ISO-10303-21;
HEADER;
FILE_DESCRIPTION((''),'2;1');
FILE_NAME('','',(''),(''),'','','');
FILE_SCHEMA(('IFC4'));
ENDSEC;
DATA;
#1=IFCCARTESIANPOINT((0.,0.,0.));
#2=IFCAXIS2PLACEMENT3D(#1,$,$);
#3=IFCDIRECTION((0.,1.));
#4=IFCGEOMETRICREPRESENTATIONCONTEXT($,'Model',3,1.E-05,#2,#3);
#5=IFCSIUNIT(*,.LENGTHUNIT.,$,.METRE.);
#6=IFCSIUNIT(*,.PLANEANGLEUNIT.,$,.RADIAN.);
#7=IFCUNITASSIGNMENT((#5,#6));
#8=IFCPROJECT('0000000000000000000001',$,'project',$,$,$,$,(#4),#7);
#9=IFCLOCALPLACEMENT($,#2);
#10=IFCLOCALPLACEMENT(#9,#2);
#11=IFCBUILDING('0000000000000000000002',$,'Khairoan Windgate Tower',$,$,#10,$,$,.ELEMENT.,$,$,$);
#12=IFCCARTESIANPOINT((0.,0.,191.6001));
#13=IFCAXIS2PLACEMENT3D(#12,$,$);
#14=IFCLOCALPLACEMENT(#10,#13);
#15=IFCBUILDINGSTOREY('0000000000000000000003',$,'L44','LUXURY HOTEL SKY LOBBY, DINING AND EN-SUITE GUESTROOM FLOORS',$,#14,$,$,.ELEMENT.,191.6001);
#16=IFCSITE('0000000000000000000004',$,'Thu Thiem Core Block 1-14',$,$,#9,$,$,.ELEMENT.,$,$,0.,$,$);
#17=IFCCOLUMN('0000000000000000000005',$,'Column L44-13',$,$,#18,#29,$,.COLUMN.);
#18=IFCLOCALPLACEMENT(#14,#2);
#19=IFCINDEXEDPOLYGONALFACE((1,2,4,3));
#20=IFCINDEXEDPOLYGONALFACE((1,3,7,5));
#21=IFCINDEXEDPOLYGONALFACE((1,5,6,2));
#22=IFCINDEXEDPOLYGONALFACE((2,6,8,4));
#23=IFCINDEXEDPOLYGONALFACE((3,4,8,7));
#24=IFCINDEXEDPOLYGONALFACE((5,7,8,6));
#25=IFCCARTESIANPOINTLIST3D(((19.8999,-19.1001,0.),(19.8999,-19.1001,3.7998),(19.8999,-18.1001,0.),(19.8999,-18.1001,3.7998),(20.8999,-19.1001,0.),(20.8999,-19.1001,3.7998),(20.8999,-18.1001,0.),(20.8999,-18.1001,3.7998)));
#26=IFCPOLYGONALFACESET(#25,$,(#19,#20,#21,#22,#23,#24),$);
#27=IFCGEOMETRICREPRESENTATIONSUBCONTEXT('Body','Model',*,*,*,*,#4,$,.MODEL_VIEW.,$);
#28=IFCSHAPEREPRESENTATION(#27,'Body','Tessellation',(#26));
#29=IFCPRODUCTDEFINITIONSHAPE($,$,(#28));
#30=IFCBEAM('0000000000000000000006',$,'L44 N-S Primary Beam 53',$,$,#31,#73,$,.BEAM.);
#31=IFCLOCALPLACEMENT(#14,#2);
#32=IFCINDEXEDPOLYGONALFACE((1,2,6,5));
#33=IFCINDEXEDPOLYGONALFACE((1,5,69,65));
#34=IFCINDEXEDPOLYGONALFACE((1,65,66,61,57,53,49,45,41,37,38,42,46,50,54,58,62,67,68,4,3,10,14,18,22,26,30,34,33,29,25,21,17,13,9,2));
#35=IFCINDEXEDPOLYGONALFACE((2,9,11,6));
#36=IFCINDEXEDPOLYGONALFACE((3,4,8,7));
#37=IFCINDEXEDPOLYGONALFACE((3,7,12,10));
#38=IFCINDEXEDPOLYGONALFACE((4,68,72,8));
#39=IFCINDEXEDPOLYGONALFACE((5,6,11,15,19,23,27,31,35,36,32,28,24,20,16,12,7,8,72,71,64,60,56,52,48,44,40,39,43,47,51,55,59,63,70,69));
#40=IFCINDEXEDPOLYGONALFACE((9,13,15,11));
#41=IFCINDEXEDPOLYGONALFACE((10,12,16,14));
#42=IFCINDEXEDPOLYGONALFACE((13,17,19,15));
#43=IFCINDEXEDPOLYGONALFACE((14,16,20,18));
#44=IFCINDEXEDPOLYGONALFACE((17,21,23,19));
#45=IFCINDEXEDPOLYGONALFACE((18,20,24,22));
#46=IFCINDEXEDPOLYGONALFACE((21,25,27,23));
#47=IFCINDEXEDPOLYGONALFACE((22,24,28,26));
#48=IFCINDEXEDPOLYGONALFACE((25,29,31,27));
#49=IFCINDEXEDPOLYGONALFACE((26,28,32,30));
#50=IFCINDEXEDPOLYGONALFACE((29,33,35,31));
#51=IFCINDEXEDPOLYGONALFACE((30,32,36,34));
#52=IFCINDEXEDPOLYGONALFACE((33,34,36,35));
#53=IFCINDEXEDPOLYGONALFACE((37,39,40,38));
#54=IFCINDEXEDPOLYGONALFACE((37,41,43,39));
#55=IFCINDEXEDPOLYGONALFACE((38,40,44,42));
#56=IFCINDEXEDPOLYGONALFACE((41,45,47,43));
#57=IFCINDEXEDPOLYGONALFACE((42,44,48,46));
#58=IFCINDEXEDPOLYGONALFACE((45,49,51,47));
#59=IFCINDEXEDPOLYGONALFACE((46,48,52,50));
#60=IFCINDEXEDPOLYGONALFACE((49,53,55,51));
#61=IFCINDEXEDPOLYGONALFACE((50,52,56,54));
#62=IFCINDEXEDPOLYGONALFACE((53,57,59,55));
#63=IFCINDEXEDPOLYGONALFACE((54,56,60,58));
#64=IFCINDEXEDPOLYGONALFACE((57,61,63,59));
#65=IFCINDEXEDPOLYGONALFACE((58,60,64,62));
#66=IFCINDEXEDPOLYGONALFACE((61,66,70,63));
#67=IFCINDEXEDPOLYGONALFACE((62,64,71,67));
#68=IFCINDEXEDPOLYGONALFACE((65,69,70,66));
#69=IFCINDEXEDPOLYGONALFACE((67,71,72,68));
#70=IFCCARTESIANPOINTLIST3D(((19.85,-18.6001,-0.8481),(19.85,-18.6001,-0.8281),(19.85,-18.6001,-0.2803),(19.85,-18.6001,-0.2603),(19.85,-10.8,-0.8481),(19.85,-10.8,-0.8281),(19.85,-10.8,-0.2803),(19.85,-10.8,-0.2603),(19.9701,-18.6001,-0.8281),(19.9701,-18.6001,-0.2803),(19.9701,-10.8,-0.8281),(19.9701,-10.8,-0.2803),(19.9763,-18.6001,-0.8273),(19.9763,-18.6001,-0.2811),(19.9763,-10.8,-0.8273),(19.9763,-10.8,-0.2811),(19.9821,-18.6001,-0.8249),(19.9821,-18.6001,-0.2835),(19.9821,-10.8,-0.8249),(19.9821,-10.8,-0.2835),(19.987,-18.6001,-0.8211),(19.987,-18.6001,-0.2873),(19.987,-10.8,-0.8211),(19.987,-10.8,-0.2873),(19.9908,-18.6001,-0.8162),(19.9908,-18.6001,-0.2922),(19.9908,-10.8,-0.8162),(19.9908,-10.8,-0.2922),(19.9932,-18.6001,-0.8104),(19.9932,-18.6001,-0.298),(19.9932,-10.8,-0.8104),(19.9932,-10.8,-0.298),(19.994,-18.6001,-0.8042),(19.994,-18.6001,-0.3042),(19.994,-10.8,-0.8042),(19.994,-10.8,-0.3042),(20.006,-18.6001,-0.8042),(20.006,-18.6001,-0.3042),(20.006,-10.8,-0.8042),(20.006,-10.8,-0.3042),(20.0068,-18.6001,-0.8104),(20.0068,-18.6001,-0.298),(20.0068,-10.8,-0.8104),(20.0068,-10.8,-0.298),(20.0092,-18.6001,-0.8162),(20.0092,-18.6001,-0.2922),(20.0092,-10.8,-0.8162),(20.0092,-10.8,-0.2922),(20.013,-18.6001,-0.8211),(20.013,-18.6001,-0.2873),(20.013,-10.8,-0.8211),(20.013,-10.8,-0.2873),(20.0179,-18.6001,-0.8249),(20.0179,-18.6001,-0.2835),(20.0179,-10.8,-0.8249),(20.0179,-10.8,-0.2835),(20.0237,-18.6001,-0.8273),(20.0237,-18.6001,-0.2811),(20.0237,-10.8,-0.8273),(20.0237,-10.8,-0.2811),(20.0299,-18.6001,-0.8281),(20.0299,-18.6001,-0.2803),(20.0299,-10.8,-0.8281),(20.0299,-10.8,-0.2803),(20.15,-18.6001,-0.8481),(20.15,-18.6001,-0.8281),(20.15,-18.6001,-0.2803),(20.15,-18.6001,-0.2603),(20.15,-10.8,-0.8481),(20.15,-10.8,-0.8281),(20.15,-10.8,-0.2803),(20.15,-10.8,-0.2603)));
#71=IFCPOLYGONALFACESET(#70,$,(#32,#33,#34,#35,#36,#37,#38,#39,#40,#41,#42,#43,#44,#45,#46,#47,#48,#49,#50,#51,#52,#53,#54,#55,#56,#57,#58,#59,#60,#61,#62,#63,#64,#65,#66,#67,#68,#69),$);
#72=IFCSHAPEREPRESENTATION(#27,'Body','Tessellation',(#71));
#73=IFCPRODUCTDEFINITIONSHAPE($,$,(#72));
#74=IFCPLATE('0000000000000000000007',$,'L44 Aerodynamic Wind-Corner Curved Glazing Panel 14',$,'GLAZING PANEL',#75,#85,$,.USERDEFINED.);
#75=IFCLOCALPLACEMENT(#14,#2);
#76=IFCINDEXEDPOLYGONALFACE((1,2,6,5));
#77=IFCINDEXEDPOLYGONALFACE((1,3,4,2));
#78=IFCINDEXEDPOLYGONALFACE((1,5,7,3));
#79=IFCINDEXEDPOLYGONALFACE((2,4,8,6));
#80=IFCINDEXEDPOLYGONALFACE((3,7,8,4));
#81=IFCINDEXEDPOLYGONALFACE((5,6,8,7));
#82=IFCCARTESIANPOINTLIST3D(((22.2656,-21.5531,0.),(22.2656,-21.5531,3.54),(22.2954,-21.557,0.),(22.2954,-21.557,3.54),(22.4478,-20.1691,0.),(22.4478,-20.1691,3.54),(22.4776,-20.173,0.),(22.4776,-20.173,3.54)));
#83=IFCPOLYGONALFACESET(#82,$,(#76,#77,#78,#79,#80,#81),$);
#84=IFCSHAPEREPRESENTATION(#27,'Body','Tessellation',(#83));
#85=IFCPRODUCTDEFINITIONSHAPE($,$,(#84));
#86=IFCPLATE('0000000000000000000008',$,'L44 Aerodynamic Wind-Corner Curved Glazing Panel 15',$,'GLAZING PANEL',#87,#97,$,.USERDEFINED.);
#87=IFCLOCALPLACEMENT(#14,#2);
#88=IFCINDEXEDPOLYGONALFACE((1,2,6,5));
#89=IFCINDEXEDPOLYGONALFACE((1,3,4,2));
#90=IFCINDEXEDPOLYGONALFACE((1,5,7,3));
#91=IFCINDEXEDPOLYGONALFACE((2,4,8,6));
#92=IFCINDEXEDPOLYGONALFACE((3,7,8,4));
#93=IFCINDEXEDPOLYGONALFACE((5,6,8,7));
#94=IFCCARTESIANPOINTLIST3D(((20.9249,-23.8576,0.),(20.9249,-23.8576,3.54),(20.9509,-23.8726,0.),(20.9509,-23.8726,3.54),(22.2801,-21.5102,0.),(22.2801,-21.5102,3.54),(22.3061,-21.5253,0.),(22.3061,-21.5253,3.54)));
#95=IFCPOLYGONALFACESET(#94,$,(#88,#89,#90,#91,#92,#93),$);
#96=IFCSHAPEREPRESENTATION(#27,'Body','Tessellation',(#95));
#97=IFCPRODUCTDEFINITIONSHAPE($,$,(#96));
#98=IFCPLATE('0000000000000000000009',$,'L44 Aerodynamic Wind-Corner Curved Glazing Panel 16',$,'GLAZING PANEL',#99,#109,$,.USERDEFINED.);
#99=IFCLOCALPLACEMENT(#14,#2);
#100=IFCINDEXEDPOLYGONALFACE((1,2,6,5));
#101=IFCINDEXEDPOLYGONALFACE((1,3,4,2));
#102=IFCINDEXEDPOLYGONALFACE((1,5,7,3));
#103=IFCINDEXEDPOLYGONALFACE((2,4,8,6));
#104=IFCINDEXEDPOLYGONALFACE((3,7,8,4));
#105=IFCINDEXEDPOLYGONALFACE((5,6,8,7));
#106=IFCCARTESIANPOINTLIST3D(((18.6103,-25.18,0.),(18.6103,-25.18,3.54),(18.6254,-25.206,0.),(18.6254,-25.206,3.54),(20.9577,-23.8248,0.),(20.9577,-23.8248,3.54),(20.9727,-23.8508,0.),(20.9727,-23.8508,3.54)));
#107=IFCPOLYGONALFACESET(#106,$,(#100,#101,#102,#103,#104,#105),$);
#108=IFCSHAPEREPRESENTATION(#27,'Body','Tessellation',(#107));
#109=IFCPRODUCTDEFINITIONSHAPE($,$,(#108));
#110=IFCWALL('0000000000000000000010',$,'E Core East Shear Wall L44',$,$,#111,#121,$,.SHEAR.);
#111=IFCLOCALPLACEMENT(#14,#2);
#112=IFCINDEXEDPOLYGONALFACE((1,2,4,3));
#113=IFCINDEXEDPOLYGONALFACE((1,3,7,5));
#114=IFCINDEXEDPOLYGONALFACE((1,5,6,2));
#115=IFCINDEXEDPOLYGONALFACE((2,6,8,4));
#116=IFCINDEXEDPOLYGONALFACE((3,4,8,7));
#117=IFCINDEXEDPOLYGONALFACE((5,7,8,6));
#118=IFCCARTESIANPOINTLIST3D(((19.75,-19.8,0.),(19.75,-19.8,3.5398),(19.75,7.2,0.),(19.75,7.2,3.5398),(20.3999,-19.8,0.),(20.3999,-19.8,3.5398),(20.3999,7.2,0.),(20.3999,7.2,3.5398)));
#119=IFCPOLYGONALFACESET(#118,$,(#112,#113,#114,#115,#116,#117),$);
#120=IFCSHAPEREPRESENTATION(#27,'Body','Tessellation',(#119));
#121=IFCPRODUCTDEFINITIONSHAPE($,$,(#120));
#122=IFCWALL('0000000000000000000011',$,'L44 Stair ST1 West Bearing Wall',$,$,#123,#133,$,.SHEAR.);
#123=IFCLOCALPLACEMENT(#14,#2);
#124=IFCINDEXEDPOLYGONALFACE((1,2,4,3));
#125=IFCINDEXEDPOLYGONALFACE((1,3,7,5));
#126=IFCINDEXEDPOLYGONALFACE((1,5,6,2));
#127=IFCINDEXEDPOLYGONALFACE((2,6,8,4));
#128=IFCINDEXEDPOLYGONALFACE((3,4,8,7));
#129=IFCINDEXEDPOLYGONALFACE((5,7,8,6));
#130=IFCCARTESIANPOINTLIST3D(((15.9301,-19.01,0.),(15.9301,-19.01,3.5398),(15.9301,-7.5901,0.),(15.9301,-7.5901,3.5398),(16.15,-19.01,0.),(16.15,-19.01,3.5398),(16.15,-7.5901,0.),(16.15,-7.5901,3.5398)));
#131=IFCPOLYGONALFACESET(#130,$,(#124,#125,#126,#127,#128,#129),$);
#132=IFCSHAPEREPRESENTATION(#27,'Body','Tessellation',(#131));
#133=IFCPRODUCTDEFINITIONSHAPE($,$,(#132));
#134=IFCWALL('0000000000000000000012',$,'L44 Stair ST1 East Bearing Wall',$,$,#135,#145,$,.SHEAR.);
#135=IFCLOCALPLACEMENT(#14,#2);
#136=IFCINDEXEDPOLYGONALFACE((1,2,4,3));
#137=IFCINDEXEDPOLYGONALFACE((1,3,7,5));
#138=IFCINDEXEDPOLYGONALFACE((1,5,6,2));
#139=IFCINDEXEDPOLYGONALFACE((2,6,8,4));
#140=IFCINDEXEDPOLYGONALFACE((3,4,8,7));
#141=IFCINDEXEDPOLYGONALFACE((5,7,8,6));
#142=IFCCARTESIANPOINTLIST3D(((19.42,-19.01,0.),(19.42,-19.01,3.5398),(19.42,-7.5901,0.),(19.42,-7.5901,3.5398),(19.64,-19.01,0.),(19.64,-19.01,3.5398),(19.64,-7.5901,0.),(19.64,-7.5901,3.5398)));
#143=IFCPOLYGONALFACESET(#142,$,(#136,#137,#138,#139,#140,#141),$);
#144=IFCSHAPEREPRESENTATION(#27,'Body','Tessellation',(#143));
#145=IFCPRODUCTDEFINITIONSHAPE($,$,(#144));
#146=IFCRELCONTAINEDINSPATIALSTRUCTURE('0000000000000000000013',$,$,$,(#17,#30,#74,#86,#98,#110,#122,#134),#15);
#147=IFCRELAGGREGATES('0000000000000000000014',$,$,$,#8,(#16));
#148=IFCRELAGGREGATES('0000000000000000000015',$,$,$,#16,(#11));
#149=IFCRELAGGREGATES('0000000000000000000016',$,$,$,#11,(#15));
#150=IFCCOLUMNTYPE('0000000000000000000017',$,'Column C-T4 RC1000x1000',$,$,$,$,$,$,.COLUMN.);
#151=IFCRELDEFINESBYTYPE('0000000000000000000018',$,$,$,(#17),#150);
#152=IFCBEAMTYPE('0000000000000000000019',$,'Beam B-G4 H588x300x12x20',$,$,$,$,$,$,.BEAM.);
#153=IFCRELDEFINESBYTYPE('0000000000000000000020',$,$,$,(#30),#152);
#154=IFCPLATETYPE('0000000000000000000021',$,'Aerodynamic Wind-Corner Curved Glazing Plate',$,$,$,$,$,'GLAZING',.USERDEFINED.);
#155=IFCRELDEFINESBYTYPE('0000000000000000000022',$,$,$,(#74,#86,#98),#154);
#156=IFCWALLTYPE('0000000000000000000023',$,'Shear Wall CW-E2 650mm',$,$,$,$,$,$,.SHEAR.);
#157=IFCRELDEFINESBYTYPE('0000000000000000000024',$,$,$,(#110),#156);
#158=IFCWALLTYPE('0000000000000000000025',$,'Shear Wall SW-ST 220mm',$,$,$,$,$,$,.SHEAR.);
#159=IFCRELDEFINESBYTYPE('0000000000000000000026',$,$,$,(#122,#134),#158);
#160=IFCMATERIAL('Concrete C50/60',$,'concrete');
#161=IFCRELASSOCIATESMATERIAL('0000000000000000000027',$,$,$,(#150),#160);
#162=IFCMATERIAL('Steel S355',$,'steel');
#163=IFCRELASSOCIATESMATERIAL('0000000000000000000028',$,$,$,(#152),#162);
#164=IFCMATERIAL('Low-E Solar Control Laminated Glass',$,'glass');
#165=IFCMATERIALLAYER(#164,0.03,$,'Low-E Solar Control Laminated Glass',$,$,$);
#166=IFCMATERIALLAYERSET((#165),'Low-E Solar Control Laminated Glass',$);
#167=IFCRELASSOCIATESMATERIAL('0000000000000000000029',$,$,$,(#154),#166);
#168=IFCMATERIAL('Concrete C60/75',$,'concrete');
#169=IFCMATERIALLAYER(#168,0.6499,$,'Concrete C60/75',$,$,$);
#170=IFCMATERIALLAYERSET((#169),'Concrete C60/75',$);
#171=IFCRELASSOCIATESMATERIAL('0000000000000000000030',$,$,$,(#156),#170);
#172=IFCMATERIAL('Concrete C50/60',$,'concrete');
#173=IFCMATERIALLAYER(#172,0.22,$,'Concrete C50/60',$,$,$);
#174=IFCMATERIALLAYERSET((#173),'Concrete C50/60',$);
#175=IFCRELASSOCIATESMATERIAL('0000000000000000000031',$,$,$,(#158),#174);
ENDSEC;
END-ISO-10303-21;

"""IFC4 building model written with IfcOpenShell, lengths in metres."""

from ifc_helpers import new_model, si_unit, direction, frame, frame_2d, origin, origin_2d, place, context, subcontext, project, spatial, rectangle, i_section, extrude, material, layer, layer_set, material_profile, profile_set, type_object, element, save


model = new_model("IFC4")

# Units and contexts
model_context = context("Model", 3, precision=1e-05, world=origin(), true_north=direction((0.0, 1.0)))
body_context = subcontext(model_context, "Body", "Model", "MODEL_VIEW")
ifc_project = project(units=[si_unit("LENGTHUNIT", "METRE"), si_unit("PLANEANGLEUNIT", "RADIAN")], contexts=[model_context])

# Site, building, storey
site_placement = place(None, origin())
site = spatial("IfcSite", under=ifc_project, at=site_placement, Name="Thu Thiem Core Block 1-14", CompositionType="ELEMENT", RefElevation=0.0)
building_placement = place(site_placement, origin())
building = spatial("IfcBuilding", under=site, at=building_placement, Name="Khairoan Windgate Tower", CompositionType="ELEMENT")
storey_placement = place(building_placement, frame((0.0, 0.0, 191.6001)))
storey = spatial("IfcBuildingStorey", under=building, at=storey_placement, Name="L44", Description="LUXURY HOTEL SKY LOBBY, DINING AND EN-SUITE GUESTROOM FLOORS", CompositionType="ELEMENT", Elevation=191.6001)

# Column
ifc_material_1 = material(Name="Concrete C50/60", Category="concrete")
ifc_material_profile_1 = material_profile(ifc_material_1, rectangle(XDim=1.0, YDim=1.0, at=origin_2d()))
ifc_profile_set_1 = profile_set([ifc_material_profile_1], Name="Concrete C50/60")
column_type = type_object("IfcColumnType", Name="Column C-T4 RC1000x1000", PredefinedType="COLUMN", material=ifc_profile_set_1)
column_placement = place(storey_placement, frame((20.3999, -18.6001, 0.0), z_axis=(0.0, 0.0, 1.0), x_axis=(1.0, 0.0, 0.0)))
element("IfcColumn", 1, at=column_placement, inside=storey, type_object=column_type, Name="Column L44-13", PredefinedType="COLUMN", context=body_context, shape_type="SweptSolid", body=[
    extrude(rectangle(XDim=1.0, YDim=1.0, at=origin_2d()), origin(), (0.0, 0.0, 1.0), 3.7998),
])

# Beam
ifc_material_2 = material(Name="Steel S355", Category="steel")
ifc_material_profile_2 = material_profile(ifc_material_2, i_section(OverallWidth=0.3, OverallDepth=0.5879, WebThickness=0.012, FlangeThickness=0.02, FilletRadius=0.0239, at=origin_2d()))
ifc_profile_set_2 = profile_set([ifc_material_profile_2], Name="Steel S355")
beam_type = type_object("IfcBeamType", Name="Beam B-G4 H588x300x12x20", PredefinedType="BEAM", material=ifc_profile_set_2)
beam_placement = place(storey_placement, frame((20.0, -18.6001, -0.5542), z_axis=(0.0, 1.0, 0.0), x_axis=(-1.0, 0.0, 0.0)))
element("IfcBeam", 2, at=beam_placement, inside=storey, type_object=beam_type, Name="L44 N-S Primary Beam 53", PredefinedType="BEAM", context=body_context, shape_type="SweptSolid", body=[
    extrude(i_section(OverallWidth=0.3, OverallDepth=0.5879, WebThickness=0.012, FlangeThickness=0.02, FilletRadius=0.0239, at=origin_2d()), origin(), (0.0, 0.0, 1.0), 7.8),
])

# Plates
ifc_material_3 = material(Name="Low-E Solar Control Laminated Glass", Category="glass")
ifc_layer_1 = layer(ifc_material_3, 0.03, Name="Low-E Solar Control Laminated Glass")
ifc_layer_set_1 = layer_set([ifc_layer_1], Name="Low-E Solar Control Laminated Glass")
plate_type_1 = type_object("IfcPlateType", Name="Aerodynamic Wind-Corner Curved Glazing Plate", ElementType="GLAZING", PredefinedType="USERDEFINED", material=ifc_layer_set_1)
plate_1_placement = place(storey_placement, frame((22.3716, -20.863, 0.0), z_axis=(0.0, 0.0, 1.0), x_axis=(-0.130526, -0.991445, 0.0)))
element("IfcPlate", 3, at=plate_1_placement, inside=storey, type_object=plate_type_1, Name="L44 Aerodynamic Wind-Corner Curved Glazing Panel 14", ObjectType="GLAZING PANEL", PredefinedType="USERDEFINED", context=body_context, shape_type="SweptSolid", body=[
    extrude(rectangle(XDim=1.396, YDim=0.03, at=origin_2d()), origin(), (0.0, 0.0, 1.0), 3.54),
])
for number, where, z_axis, x_axis, name in (
    (4, (21.6155, -22.6914, 0.0), (0.0, 0.0, 1.0), (-0.5, -0.866025, 0.0), "L44 Aerodynamic Wind-Corner Curved Glazing Panel 15"),
    (5, (19.7915, -24.5154, 0.0), (0.0, 0.0, 1.0), (-0.866025, -0.5, 0.0), "L44 Aerodynamic Wind-Corner Curved Glazing Panel 16"),
):
    element("IfcPlate", number, at=place(storey_placement, frame(where, z_axis=z_axis, x_axis=x_axis)), inside=storey, type_object=plate_type_1, Name=name, ObjectType="GLAZING PANEL", PredefinedType="USERDEFINED", context=body_context, shape_type="SweptSolid", body=[
        extrude(rectangle(XDim=2.7104, YDim=0.03, at=origin_2d()), origin(), (0.0, 0.0, 1.0), 3.54),
    ])

# Walls
ifc_material_4 = material(Name="Concrete C60/75", Category="concrete")
ifc_layer_2 = layer(ifc_material_4, 0.6499, Name="Concrete C60/75")
ifc_layer_set_2 = layer_set([ifc_layer_2], Name="Concrete C60/75")
wall_type_1 = type_object("IfcWallType", Name="Shear Wall CW-E2 650mm", PredefinedType="SHEAR", material=ifc_layer_set_2)
wall_placement = place(storey_placement, frame((20.075, -19.8, 0.0), z_axis=(0.0, 0.0, 1.0), x_axis=(0.0, 1.0, 0.0)))
element("IfcWall", 6, at=wall_placement, inside=storey, type_object=wall_type_1, Name="E Core East Shear Wall L44", PredefinedType="SHEAR", context=body_context, shape_type="SweptSolid", body=[
    extrude(rectangle(XDim=27.0, YDim=0.6499, at=frame_2d((13.5, 0.0))), origin(), (0.0, 0.0, 1.0), 3.5398),
])
ifc_material_5 = material(Name="Concrete C50/60", Category="concrete")
ifc_layer_3 = layer(ifc_material_5, 0.22, Name="Concrete C50/60")
ifc_layer_set_3 = layer_set([ifc_layer_3], Name="Concrete C50/60")
wall_type_2 = type_object("IfcWallType", Name="Shear Wall SW-ST 220mm", PredefinedType="SHEAR", material=ifc_layer_set_3)
for number, where, z_axis, x_axis, name in (
    (7, (16.04, -19.01, 0.0), (0.0, 0.0, 1.0), (0.0, 1.0, 0.0), "L44 Stair ST1 West Bearing Wall"),
    (8, (19.53, -19.01, 0.0), (0.0, 0.0, 1.0), (0.0, 1.0, 0.0), "L44 Stair ST1 East Bearing Wall"),
):
    element("IfcWall", number, at=place(storey_placement, frame(where, z_axis=z_axis, x_axis=x_axis)), inside=storey, type_object=wall_type_2, Name=name, PredefinedType="SHEAR", context=body_context, shape_type="SweptSolid", body=[
        extrude(rectangle(XDim=11.4199, YDim=0.22, at=frame_2d((5.71, 0.0))), origin(), (0.0, 0.0, 1.0), 3.5398),
    ])

save(model, "model.ifc")
